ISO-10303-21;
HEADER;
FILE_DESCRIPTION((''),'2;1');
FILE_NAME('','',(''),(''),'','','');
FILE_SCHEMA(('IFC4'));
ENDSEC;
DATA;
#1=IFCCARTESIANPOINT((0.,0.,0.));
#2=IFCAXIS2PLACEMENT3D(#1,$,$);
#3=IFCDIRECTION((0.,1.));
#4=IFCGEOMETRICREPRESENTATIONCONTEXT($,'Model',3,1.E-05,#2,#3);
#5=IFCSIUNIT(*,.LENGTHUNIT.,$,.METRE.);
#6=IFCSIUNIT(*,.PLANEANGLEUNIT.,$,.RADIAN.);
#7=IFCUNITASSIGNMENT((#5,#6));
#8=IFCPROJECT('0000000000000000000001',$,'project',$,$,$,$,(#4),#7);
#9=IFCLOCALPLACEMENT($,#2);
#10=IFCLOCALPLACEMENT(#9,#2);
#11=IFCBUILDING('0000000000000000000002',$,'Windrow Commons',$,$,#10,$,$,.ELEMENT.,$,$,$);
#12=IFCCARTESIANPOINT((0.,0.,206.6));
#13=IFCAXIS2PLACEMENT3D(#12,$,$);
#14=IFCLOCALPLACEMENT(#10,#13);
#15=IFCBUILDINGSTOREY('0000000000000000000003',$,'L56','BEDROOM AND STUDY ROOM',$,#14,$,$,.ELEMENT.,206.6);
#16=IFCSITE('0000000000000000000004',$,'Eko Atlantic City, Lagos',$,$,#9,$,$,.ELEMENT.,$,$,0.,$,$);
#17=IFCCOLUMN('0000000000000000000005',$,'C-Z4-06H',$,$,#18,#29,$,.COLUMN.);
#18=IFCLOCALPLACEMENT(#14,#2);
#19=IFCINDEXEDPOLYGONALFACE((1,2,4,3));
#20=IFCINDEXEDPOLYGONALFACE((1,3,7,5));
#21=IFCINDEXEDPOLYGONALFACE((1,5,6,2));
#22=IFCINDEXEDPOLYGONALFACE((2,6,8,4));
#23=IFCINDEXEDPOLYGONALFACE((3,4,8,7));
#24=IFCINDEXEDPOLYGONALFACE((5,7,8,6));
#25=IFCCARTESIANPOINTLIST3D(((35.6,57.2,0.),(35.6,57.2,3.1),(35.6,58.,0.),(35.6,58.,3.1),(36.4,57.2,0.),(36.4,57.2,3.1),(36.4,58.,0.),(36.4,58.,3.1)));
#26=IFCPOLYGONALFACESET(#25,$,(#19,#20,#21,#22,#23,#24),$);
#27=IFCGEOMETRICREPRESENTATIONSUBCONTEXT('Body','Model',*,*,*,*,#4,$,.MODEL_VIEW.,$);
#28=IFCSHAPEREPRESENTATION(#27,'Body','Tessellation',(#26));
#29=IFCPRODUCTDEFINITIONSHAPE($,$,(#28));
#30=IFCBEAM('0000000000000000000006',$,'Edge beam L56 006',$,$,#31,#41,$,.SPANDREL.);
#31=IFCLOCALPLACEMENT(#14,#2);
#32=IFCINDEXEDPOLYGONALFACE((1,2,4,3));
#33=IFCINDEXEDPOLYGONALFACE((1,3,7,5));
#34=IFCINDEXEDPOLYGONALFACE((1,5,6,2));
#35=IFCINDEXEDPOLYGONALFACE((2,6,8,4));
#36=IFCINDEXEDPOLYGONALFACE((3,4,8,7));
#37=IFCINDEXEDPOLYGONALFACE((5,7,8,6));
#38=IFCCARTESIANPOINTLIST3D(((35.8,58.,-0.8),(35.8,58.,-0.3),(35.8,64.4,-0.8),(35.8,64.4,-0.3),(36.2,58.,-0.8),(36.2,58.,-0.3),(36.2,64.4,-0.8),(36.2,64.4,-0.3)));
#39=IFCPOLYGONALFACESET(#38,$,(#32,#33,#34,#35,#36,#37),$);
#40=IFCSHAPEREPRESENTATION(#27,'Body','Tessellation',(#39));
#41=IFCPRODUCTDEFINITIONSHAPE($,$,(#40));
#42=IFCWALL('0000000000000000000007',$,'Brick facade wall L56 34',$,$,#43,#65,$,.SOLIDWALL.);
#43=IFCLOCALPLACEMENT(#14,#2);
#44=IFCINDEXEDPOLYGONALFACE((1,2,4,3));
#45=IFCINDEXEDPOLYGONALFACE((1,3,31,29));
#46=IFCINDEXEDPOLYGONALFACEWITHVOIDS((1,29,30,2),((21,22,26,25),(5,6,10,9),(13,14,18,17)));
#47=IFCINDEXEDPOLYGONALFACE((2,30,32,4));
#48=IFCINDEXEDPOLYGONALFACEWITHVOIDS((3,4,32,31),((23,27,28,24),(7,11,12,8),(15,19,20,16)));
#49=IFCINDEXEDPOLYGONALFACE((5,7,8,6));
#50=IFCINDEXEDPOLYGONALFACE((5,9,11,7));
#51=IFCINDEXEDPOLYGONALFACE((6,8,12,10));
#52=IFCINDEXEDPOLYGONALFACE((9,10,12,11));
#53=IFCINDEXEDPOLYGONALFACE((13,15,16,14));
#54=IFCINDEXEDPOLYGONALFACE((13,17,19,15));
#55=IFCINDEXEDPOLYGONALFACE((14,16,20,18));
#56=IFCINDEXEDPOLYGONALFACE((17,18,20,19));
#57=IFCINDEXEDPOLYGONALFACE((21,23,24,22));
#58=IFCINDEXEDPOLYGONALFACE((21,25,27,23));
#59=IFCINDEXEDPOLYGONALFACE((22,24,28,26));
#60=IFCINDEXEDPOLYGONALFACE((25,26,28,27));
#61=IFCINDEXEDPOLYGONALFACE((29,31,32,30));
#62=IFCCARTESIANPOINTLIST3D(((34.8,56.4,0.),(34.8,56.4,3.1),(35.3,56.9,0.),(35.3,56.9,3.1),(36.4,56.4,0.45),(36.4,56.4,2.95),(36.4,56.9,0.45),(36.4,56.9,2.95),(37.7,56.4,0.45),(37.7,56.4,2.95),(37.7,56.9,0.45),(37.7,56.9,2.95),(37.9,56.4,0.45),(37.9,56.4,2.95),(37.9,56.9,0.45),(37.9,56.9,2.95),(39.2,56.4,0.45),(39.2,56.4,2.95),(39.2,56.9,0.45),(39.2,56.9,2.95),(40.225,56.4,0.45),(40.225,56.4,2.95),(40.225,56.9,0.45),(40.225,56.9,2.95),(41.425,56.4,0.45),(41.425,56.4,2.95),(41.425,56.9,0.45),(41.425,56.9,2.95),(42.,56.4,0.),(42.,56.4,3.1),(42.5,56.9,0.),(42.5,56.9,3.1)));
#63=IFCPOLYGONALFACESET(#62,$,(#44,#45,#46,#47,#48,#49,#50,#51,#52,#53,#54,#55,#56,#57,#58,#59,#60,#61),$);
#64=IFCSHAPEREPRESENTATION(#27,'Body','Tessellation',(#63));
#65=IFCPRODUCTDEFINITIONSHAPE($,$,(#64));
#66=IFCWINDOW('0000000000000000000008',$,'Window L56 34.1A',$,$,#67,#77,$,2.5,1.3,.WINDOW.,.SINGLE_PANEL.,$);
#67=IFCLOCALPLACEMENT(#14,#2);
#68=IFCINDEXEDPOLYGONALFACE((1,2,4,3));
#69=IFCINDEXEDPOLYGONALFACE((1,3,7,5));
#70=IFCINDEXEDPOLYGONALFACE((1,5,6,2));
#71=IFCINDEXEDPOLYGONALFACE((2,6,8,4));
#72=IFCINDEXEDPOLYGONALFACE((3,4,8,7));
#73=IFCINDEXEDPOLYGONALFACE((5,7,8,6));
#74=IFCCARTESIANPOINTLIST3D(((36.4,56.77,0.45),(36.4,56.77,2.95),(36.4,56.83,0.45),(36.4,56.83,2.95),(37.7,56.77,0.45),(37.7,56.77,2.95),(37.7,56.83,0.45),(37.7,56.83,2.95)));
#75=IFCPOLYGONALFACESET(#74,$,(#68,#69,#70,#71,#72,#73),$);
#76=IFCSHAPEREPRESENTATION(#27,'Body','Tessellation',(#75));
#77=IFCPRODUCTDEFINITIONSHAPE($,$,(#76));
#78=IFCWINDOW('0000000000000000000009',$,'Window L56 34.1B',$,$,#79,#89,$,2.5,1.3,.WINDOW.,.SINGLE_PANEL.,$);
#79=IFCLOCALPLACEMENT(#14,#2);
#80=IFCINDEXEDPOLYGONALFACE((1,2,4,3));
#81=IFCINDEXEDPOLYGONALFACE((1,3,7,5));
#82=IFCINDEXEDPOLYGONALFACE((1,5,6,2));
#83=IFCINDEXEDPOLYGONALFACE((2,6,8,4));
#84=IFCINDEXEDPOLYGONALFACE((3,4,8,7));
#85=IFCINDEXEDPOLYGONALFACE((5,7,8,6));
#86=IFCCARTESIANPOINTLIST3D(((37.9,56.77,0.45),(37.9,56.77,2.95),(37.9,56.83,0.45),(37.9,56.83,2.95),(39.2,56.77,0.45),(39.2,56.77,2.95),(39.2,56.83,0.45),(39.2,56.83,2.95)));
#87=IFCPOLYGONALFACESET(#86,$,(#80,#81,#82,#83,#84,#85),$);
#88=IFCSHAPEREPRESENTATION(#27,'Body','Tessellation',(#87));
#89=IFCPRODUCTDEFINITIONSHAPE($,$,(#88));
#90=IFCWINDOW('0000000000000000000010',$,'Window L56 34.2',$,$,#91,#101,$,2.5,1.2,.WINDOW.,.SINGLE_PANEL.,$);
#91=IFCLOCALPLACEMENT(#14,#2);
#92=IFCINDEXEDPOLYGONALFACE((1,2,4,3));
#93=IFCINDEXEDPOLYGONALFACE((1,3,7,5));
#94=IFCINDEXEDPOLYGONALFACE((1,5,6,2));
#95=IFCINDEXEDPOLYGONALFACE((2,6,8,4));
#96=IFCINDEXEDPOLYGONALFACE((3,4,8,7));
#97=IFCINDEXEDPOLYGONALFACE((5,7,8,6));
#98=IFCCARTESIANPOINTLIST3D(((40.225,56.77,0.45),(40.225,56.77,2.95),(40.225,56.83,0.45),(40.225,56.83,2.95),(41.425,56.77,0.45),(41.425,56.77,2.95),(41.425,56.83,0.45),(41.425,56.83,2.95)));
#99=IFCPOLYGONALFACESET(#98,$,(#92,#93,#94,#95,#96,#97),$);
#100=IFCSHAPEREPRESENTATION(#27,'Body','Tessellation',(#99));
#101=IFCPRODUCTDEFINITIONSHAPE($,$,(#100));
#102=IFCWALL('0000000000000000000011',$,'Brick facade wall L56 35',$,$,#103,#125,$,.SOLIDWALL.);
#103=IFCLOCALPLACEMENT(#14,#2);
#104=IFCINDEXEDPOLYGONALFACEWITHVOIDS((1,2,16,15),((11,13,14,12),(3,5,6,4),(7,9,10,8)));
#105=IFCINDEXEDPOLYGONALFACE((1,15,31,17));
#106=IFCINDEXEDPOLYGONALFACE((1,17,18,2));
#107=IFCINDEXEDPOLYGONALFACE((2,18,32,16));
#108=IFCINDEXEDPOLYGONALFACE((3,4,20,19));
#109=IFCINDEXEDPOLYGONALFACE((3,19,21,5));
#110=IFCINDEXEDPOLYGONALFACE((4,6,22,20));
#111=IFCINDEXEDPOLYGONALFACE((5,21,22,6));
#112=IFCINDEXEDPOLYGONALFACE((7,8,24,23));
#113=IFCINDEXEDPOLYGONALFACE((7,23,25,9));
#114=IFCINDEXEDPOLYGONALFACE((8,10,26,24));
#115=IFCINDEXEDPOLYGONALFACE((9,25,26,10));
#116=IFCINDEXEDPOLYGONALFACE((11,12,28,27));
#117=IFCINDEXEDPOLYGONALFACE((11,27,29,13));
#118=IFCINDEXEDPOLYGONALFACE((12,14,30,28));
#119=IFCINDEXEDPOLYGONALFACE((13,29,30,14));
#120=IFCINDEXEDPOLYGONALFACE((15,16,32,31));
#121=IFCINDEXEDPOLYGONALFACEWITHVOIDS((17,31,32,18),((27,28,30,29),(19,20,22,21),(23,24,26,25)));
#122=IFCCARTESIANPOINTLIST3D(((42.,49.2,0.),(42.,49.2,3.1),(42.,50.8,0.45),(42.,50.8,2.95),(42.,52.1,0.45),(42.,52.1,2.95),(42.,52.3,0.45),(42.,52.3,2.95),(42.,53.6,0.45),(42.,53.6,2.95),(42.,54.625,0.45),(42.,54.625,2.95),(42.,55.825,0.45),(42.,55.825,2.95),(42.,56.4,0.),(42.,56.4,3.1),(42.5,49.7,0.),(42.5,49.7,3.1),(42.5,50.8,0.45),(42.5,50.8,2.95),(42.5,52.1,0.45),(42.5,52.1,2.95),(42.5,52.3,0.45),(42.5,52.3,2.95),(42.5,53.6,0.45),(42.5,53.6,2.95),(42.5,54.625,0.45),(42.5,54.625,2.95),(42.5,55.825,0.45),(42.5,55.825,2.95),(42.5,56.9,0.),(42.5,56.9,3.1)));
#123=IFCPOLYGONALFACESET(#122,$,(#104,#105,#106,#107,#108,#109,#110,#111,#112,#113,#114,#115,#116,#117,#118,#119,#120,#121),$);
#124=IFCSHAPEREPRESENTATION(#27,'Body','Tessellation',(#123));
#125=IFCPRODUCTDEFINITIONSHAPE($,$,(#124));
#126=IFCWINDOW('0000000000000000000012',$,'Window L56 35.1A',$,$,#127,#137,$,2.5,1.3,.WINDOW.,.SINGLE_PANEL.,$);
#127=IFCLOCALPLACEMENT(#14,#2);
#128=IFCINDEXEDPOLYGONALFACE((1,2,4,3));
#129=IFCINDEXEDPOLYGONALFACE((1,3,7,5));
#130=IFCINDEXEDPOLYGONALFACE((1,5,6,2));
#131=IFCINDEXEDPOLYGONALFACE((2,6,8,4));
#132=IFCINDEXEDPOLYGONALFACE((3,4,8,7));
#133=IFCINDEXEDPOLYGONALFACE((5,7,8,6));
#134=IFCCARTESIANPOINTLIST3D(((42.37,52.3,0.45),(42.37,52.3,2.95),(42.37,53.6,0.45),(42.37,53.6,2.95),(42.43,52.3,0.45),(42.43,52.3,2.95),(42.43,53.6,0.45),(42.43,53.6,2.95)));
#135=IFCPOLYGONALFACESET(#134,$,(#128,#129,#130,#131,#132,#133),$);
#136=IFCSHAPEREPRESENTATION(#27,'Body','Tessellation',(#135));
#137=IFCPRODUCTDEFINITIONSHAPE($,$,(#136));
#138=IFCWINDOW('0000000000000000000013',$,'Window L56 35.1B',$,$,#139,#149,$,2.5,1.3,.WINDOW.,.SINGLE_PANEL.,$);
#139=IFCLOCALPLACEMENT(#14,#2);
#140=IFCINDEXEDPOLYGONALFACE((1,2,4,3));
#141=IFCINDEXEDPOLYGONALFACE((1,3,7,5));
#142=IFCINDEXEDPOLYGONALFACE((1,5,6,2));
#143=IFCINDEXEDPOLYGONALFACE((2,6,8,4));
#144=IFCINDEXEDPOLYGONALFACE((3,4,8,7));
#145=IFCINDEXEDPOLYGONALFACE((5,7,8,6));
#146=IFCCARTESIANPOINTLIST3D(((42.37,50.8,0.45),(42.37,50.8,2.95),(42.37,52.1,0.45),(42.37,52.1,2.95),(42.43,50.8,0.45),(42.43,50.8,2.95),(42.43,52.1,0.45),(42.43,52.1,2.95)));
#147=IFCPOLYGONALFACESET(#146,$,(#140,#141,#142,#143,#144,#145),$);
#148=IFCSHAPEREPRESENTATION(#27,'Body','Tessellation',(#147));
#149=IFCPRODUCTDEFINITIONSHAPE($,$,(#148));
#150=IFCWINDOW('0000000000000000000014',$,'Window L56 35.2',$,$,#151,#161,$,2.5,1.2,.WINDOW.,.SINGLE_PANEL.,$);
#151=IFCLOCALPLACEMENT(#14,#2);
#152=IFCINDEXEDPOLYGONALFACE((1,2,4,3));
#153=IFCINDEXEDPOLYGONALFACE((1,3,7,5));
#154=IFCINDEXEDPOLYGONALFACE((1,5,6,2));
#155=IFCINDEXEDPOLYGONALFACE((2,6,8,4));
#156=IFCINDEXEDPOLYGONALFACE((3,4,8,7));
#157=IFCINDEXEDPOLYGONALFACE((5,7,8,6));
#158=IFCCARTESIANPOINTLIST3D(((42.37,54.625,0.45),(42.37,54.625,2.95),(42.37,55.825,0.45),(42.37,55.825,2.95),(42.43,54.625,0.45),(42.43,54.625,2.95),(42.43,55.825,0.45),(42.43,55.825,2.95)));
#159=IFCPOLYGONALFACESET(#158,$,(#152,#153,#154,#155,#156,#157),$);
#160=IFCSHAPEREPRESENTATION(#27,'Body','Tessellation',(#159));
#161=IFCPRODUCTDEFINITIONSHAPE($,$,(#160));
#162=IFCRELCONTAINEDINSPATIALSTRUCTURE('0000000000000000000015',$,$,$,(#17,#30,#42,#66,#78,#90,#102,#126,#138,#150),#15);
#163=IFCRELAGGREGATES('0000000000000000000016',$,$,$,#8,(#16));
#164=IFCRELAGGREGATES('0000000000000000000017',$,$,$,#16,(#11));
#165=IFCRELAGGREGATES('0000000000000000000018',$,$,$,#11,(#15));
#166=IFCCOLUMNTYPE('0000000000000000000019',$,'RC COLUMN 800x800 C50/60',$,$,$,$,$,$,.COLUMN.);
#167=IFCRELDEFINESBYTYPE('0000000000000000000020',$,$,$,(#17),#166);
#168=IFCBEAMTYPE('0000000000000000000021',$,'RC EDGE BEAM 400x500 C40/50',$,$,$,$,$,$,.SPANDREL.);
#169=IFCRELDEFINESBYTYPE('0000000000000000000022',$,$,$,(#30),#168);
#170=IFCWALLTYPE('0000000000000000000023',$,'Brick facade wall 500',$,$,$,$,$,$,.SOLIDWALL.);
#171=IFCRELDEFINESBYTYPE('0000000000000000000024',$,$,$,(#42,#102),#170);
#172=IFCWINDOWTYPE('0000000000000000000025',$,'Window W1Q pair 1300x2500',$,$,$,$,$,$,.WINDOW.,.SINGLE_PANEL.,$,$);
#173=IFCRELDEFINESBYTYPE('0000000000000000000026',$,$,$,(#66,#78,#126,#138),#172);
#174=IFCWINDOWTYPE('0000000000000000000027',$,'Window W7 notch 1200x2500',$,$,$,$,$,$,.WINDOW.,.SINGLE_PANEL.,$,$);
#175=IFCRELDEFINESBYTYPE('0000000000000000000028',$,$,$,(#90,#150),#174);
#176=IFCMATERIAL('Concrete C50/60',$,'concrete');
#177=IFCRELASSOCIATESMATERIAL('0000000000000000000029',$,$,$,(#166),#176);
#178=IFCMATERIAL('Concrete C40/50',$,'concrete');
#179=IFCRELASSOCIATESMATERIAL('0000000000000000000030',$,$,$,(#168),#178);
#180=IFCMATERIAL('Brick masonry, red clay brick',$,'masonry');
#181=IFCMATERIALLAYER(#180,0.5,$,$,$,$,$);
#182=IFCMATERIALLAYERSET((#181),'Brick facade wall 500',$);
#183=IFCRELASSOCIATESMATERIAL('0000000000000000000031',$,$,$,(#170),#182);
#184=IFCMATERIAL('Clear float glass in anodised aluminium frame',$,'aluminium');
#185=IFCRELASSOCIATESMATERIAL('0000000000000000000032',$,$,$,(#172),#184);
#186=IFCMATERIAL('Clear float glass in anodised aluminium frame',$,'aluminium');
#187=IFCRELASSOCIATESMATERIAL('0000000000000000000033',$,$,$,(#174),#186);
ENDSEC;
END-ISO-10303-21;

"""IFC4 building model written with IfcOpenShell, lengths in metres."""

from ifc_helpers import new_model, si_unit, direction, frame, frame_2d, origin, origin_2d, place, context, subcontext, project, spatial, polyline, rectangle, outline, extrude, material, layer, layer_set, material_profile, profile_set, type_object, element, fill, save


model = new_model("IFC4")

# Units and contexts
model_context = context("Model", 3, precision=1e-05, world=origin(), true_north=direction((0.0, 1.0)))
body_context = subcontext(model_context, "Body", "Model", "MODEL_VIEW")
ifc_project = project(units=[si_unit("LENGTHUNIT", "METRE"), si_unit("PLANEANGLEUNIT", "RADIAN")], contexts=[model_context])

# Site, building, storey
site_placement = place(None, origin())
site = spatial("IfcSite", under=ifc_project, at=site_placement, Name="Eko Atlantic City, Lagos", CompositionType="ELEMENT", RefElevation=0.0)
building_placement = place(site_placement, origin())
building = spatial("IfcBuilding", under=site, at=building_placement, Name="Windrow Commons", CompositionType="ELEMENT")
storey_placement = place(building_placement, frame((0.0, 0.0, 206.6)))
storey = spatial("IfcBuildingStorey", under=building, at=storey_placement, Name="L56", Description="BEDROOM AND STUDY ROOM", CompositionType="ELEMENT", Elevation=206.6)

# Column
ifc_material_1 = material(Name="Concrete C50/60", Category="concrete")
ifc_material_profile_1 = material_profile(ifc_material_1, rectangle(XDim=0.8, YDim=0.8, at=origin_2d()))
ifc_profile_set_1 = profile_set([ifc_material_profile_1], Name="Concrete C50/60")
column_type = type_object("IfcColumnType", Name="RC COLUMN 800x800 C50/60", PredefinedType="COLUMN", material=ifc_profile_set_1)
column_placement = place(storey_placement, frame((36.0, 57.6, 0.0), z_axis=(0.0, 0.0, 1.0), x_axis=(1.0, 0.0, 0.0)))
element("IfcColumn", 1, at=column_placement, inside=storey, type_object=column_type, Name="C-Z4-06H", PredefinedType="COLUMN", context=body_context, shape_type="SweptSolid", body=[
    extrude(rectangle(XDim=0.8, YDim=0.8, at=origin_2d()), origin(), (0.0, 0.0, 1.0), 3.1),
])

# Beam
ifc_material_2 = material(Name="Concrete C40/50", Category="concrete")
ifc_material_profile_2 = material_profile(ifc_material_2, rectangle(XDim=0.4, YDim=0.5, at=origin_2d()))
ifc_profile_set_2 = profile_set([ifc_material_profile_2], Name="Concrete C40/50")
beam_type = type_object("IfcBeamType", Name="RC EDGE BEAM 400x500 C40/50", PredefinedType="SPANDREL", material=ifc_profile_set_2)
beam_placement = place(storey_placement, frame((36.0, 58.0, -0.55), z_axis=(0.0, 1.0, 0.0), x_axis=(-1.0, 0.0, 0.0)))
element("IfcBeam", 2, at=beam_placement, inside=storey, type_object=beam_type, Name="Edge beam L56 006", PredefinedType="SPANDREL", context=body_context, shape_type="SweptSolid", body=[
    extrude(rectangle(XDim=0.4, YDim=0.5, at=origin_2d()), origin(), (0.0, 0.0, 1.0), 6.4),
])

# Walls, openings, windows
ifc_material_3 = material(Name="Brick masonry, red clay brick", Category="masonry")
ifc_layer_1 = layer(ifc_material_3, 0.5)
ifc_layer_set_1 = layer_set([ifc_layer_1], Name="Brick facade wall 500")
wall_type_1 = type_object("IfcWallType", Name="Brick facade wall 500", PredefinedType="SOLIDWALL", material=ifc_layer_set_1)
wall_1_placement = place(storey_placement, frame((35.05, 56.65, 0.0), z_axis=(0.0, 0.0, 1.0), x_axis=(1.0, 0.0, 0.0)))
wall_1 = element("IfcWall", 3, at=wall_1_placement, inside=storey, type_object=wall_type_1, Name="Brick facade wall L56 34", PredefinedType="SOLIDWALL", context=body_context, shape_type="SweptSolid", body=[
    extrude(outline(polyline([(-0.25, -0.25), (6.95, -0.25), (7.45, 0.25), (0.25, 0.25), (-0.25, -0.25)])), origin(), (0.0, 0.0, 1.0), 3.1),
])
opening_1_placement = place(wall_1_placement, frame((1.35, 0.0, 0.45)))
opening_1 = element("IfcOpeningElement", 4, at=opening_1_placement, cuts=wall_1, PredefinedType="OPENING", context=body_context, shape_type="SweptSolid", body=[
    extrude(rectangle(XDim=1.3, YDim=2.5, at=frame_2d((0.65, 1.25))), frame((0.0, 0.26, 0.0), z_axis=(0.0, -1.0, 0.0), x_axis=(1.0, 0.0, 0.0)), (0.0, 0.0, 1.0), 0.52),
])
opening_2_placement = place(wall_1_placement, frame((2.85, 0.0, 0.45)))
opening_2 = element("IfcOpeningElement", 5, at=opening_2_placement, cuts=wall_1, PredefinedType="OPENING", context=body_context, shape_type="SweptSolid", body=[
    extrude(rectangle(XDim=1.3, YDim=2.5, at=frame_2d((0.65, 1.25))), frame((0.0, 0.26, 0.0), z_axis=(0.0, -1.0, 0.0), x_axis=(1.0, 0.0, 0.0)), (0.0, 0.0, 1.0), 0.52),
])
opening_3_placement = place(wall_1_placement, frame((5.175, 0.0, 0.45)))
opening_3 = element("IfcOpeningElement", 6, at=opening_3_placement, cuts=wall_1, PredefinedType="OPENING", context=body_context, shape_type="SweptSolid", body=[
    extrude(rectangle(XDim=1.2, YDim=2.5, at=frame_2d((0.6, 1.25))), frame((0.0, 0.26, 0.0), z_axis=(0.0, -1.0, 0.0), x_axis=(1.0, 0.0, 0.0)), (0.0, 0.0, 1.0), 0.52),
])
ifc_material_4 = material(Name="Clear float glass in anodised aluminium frame", Category="aluminium")
window_type_1 = type_object("IfcWindowType", Name="Window W1Q pair 1300x2500", PartitioningType="SINGLE_PANEL", PredefinedType="WINDOW", material=ifc_material_4)
window_1_placement = place(opening_1_placement, origin())
window_1 = element("IfcWindow", 7, at=window_1_placement, inside=storey, type_object=window_type_1, Name="Window L56 34.1A", OverallHeight=2.5, OverallWidth=1.3, PartitioningType="SINGLE_PANEL", PredefinedType="WINDOW", context=body_context, shape_type="SweptSolid", body=[
    extrude(rectangle(XDim=1.3, YDim=2.5, at=frame_2d((0.65, 1.25))), frame((0.0, 0.18, 0.0), z_axis=(0.0, -1.0, 0.0), x_axis=(1.0, 0.0, 0.0)), (0.0, 0.0, 1.0), 0.06),
])
fill(opening_1, window_1)
window_2_placement = place(opening_2_placement, origin())
window_2 = element("IfcWindow", 8, at=window_2_placement, inside=storey, type_object=window_type_1, Name="Window L56 34.1B", OverallHeight=2.5, OverallWidth=1.3, PartitioningType="SINGLE_PANEL", PredefinedType="WINDOW", context=body_context, shape_type="SweptSolid", body=[
    extrude(rectangle(XDim=1.3, YDim=2.5, at=frame_2d((0.65, 1.25))), frame((0.0, 0.18, 0.0), z_axis=(0.0, -1.0, 0.0), x_axis=(1.0, 0.0, 0.0)), (0.0, 0.0, 1.0), 0.06),
])
fill(opening_2, window_2)
ifc_material_5 = material(Name="Clear float glass in anodised aluminium frame", Category="aluminium")
window_type_2 = type_object("IfcWindowType", Name="Window W7 notch 1200x2500", PartitioningType="SINGLE_PANEL", PredefinedType="WINDOW", material=ifc_material_5)
window_3_placement = place(opening_3_placement, origin())
window_3 = element("IfcWindow", 9, at=window_3_placement, inside=storey, type_object=window_type_2, Name="Window L56 34.2", OverallHeight=2.5, OverallWidth=1.2, PartitioningType="SINGLE_PANEL", PredefinedType="WINDOW", context=body_context, shape_type="SweptSolid", body=[
    extrude(rectangle(XDim=1.2, YDim=2.5, at=frame_2d((0.6, 1.25))), frame((0.0, 0.18, 0.0), z_axis=(0.0, -1.0, 0.0), x_axis=(1.0, 0.0, 0.0)), (0.0, 0.0, 1.0), 0.06),
])
fill(opening_3, window_3)
wall_2_placement = place(storey_placement, frame((42.25, 56.65, 0.0), z_axis=(0.0, 0.0, 1.0), x_axis=(0.0, -1.0, 0.0)))
wall_2 = element("IfcWall", 10, at=wall_2_placement, inside=storey, type_object=wall_type_1, Name="Brick facade wall L56 35", PredefinedType="SOLIDWALL", context=body_context, shape_type="SweptSolid", body=[
    extrude(outline(polyline([(0.25, -0.25), (7.45, -0.25), (6.95, 0.25), (-0.25, 0.25), (0.25, -0.25)])), origin(), (0.0, 0.0, 1.0), 3.1),
])
opening_4_placement = place(wall_2_placement, frame((3.05, 0.0, 0.45)))
opening_4 = element("IfcOpeningElement", 11, at=opening_4_placement, cuts=wall_2, PredefinedType="OPENING", context=body_context, shape_type="SweptSolid", body=[
    extrude(rectangle(XDim=1.3, YDim=2.5, at=frame_2d((0.65, 1.25))), frame((0.0, 0.26, 0.0), z_axis=(0.0, -1.0, 0.0), x_axis=(1.0, 0.0, 0.0)), (0.0, 0.0, 1.0), 0.52),
])
opening_5_placement = place(wall_2_placement, frame((4.55, 0.0, 0.45)))
opening_5 = element("IfcOpeningElement", 12, at=opening_5_placement, cuts=wall_2, PredefinedType="OPENING", context=body_context, shape_type="SweptSolid", body=[
    extrude(rectangle(XDim=1.3, YDim=2.5, at=frame_2d((0.65, 1.25))), frame((0.0, 0.26, 0.0), z_axis=(0.0, -1.0, 0.0), x_axis=(1.0, 0.0, 0.0)), (0.0, 0.0, 1.0), 0.52),
])
opening_6_placement = place(wall_2_placement, frame((0.825, 0.0, 0.45)))
opening_6 = element("IfcOpeningElement", 13, at=opening_6_placement, cuts=wall_2, PredefinedType="OPENING", context=body_context, shape_type="SweptSolid", body=[
    extrude(rectangle(XDim=1.2, YDim=2.5, at=frame_2d((0.6, 1.25))), frame((0.0, 0.26, 0.0), z_axis=(0.0, -1.0, 0.0), x_axis=(1.0, 0.0, 0.0)), (0.0, 0.0, 1.0), 0.52),
])
window_4_placement = place(opening_4_placement, origin())
window_4 = element("IfcWindow", 14, at=window_4_placement, inside=storey, type_object=window_type_1, Name="Window L56 35.1A", OverallHeight=2.5, OverallWidth=1.3, PartitioningType="SINGLE_PANEL", PredefinedType="WINDOW", context=body_context, shape_type="SweptSolid", body=[
    extrude(rectangle(XDim=1.3, YDim=2.5, at=frame_2d((0.65, 1.25))), frame((0.0, 0.18, 0.0), z_axis=(0.0, -1.0, 0.0), x_axis=(1.0, 0.0, 0.0)), (0.0, 0.0, 1.0), 0.06),
])
fill(opening_4, window_4)
window_5_placement = place(opening_5_placement, origin())
window_5 = element("IfcWindow", 15, at=window_5_placement, inside=storey, type_object=window_type_1, Name="Window L56 35.1B", OverallHeight=2.5, OverallWidth=1.3, PartitioningType="SINGLE_PANEL", PredefinedType="WINDOW", context=body_context, shape_type="SweptSolid", body=[
    extrude(rectangle(XDim=1.3, YDim=2.5, at=frame_2d((0.65, 1.25))), frame((0.0, 0.18, 0.0), z_axis=(0.0, -1.0, 0.0), x_axis=(1.0, 0.0, 0.0)), (0.0, 0.0, 1.0), 0.06),
])
fill(opening_5, window_5)
window_6_placement = place(opening_6_placement, origin())
window_6 = element("IfcWindow", 16, at=window_6_placement, inside=storey, type_object=window_type_2, Name="Window L56 35.2", OverallHeight=2.5, OverallWidth=1.2, PartitioningType="SINGLE_PANEL", PredefinedType="WINDOW", context=body_context, shape_type="SweptSolid", body=[
    extrude(rectangle(XDim=1.2, YDim=2.5, at=frame_2d((0.6, 1.25))), frame((0.0, 0.18, 0.0), z_axis=(0.0, -1.0, 0.0), x_axis=(1.0, 0.0, 0.0)), (0.0, 0.0, 1.0), 0.06),
])
fill(opening_6, window_6)

save(model, "model.ifc")
